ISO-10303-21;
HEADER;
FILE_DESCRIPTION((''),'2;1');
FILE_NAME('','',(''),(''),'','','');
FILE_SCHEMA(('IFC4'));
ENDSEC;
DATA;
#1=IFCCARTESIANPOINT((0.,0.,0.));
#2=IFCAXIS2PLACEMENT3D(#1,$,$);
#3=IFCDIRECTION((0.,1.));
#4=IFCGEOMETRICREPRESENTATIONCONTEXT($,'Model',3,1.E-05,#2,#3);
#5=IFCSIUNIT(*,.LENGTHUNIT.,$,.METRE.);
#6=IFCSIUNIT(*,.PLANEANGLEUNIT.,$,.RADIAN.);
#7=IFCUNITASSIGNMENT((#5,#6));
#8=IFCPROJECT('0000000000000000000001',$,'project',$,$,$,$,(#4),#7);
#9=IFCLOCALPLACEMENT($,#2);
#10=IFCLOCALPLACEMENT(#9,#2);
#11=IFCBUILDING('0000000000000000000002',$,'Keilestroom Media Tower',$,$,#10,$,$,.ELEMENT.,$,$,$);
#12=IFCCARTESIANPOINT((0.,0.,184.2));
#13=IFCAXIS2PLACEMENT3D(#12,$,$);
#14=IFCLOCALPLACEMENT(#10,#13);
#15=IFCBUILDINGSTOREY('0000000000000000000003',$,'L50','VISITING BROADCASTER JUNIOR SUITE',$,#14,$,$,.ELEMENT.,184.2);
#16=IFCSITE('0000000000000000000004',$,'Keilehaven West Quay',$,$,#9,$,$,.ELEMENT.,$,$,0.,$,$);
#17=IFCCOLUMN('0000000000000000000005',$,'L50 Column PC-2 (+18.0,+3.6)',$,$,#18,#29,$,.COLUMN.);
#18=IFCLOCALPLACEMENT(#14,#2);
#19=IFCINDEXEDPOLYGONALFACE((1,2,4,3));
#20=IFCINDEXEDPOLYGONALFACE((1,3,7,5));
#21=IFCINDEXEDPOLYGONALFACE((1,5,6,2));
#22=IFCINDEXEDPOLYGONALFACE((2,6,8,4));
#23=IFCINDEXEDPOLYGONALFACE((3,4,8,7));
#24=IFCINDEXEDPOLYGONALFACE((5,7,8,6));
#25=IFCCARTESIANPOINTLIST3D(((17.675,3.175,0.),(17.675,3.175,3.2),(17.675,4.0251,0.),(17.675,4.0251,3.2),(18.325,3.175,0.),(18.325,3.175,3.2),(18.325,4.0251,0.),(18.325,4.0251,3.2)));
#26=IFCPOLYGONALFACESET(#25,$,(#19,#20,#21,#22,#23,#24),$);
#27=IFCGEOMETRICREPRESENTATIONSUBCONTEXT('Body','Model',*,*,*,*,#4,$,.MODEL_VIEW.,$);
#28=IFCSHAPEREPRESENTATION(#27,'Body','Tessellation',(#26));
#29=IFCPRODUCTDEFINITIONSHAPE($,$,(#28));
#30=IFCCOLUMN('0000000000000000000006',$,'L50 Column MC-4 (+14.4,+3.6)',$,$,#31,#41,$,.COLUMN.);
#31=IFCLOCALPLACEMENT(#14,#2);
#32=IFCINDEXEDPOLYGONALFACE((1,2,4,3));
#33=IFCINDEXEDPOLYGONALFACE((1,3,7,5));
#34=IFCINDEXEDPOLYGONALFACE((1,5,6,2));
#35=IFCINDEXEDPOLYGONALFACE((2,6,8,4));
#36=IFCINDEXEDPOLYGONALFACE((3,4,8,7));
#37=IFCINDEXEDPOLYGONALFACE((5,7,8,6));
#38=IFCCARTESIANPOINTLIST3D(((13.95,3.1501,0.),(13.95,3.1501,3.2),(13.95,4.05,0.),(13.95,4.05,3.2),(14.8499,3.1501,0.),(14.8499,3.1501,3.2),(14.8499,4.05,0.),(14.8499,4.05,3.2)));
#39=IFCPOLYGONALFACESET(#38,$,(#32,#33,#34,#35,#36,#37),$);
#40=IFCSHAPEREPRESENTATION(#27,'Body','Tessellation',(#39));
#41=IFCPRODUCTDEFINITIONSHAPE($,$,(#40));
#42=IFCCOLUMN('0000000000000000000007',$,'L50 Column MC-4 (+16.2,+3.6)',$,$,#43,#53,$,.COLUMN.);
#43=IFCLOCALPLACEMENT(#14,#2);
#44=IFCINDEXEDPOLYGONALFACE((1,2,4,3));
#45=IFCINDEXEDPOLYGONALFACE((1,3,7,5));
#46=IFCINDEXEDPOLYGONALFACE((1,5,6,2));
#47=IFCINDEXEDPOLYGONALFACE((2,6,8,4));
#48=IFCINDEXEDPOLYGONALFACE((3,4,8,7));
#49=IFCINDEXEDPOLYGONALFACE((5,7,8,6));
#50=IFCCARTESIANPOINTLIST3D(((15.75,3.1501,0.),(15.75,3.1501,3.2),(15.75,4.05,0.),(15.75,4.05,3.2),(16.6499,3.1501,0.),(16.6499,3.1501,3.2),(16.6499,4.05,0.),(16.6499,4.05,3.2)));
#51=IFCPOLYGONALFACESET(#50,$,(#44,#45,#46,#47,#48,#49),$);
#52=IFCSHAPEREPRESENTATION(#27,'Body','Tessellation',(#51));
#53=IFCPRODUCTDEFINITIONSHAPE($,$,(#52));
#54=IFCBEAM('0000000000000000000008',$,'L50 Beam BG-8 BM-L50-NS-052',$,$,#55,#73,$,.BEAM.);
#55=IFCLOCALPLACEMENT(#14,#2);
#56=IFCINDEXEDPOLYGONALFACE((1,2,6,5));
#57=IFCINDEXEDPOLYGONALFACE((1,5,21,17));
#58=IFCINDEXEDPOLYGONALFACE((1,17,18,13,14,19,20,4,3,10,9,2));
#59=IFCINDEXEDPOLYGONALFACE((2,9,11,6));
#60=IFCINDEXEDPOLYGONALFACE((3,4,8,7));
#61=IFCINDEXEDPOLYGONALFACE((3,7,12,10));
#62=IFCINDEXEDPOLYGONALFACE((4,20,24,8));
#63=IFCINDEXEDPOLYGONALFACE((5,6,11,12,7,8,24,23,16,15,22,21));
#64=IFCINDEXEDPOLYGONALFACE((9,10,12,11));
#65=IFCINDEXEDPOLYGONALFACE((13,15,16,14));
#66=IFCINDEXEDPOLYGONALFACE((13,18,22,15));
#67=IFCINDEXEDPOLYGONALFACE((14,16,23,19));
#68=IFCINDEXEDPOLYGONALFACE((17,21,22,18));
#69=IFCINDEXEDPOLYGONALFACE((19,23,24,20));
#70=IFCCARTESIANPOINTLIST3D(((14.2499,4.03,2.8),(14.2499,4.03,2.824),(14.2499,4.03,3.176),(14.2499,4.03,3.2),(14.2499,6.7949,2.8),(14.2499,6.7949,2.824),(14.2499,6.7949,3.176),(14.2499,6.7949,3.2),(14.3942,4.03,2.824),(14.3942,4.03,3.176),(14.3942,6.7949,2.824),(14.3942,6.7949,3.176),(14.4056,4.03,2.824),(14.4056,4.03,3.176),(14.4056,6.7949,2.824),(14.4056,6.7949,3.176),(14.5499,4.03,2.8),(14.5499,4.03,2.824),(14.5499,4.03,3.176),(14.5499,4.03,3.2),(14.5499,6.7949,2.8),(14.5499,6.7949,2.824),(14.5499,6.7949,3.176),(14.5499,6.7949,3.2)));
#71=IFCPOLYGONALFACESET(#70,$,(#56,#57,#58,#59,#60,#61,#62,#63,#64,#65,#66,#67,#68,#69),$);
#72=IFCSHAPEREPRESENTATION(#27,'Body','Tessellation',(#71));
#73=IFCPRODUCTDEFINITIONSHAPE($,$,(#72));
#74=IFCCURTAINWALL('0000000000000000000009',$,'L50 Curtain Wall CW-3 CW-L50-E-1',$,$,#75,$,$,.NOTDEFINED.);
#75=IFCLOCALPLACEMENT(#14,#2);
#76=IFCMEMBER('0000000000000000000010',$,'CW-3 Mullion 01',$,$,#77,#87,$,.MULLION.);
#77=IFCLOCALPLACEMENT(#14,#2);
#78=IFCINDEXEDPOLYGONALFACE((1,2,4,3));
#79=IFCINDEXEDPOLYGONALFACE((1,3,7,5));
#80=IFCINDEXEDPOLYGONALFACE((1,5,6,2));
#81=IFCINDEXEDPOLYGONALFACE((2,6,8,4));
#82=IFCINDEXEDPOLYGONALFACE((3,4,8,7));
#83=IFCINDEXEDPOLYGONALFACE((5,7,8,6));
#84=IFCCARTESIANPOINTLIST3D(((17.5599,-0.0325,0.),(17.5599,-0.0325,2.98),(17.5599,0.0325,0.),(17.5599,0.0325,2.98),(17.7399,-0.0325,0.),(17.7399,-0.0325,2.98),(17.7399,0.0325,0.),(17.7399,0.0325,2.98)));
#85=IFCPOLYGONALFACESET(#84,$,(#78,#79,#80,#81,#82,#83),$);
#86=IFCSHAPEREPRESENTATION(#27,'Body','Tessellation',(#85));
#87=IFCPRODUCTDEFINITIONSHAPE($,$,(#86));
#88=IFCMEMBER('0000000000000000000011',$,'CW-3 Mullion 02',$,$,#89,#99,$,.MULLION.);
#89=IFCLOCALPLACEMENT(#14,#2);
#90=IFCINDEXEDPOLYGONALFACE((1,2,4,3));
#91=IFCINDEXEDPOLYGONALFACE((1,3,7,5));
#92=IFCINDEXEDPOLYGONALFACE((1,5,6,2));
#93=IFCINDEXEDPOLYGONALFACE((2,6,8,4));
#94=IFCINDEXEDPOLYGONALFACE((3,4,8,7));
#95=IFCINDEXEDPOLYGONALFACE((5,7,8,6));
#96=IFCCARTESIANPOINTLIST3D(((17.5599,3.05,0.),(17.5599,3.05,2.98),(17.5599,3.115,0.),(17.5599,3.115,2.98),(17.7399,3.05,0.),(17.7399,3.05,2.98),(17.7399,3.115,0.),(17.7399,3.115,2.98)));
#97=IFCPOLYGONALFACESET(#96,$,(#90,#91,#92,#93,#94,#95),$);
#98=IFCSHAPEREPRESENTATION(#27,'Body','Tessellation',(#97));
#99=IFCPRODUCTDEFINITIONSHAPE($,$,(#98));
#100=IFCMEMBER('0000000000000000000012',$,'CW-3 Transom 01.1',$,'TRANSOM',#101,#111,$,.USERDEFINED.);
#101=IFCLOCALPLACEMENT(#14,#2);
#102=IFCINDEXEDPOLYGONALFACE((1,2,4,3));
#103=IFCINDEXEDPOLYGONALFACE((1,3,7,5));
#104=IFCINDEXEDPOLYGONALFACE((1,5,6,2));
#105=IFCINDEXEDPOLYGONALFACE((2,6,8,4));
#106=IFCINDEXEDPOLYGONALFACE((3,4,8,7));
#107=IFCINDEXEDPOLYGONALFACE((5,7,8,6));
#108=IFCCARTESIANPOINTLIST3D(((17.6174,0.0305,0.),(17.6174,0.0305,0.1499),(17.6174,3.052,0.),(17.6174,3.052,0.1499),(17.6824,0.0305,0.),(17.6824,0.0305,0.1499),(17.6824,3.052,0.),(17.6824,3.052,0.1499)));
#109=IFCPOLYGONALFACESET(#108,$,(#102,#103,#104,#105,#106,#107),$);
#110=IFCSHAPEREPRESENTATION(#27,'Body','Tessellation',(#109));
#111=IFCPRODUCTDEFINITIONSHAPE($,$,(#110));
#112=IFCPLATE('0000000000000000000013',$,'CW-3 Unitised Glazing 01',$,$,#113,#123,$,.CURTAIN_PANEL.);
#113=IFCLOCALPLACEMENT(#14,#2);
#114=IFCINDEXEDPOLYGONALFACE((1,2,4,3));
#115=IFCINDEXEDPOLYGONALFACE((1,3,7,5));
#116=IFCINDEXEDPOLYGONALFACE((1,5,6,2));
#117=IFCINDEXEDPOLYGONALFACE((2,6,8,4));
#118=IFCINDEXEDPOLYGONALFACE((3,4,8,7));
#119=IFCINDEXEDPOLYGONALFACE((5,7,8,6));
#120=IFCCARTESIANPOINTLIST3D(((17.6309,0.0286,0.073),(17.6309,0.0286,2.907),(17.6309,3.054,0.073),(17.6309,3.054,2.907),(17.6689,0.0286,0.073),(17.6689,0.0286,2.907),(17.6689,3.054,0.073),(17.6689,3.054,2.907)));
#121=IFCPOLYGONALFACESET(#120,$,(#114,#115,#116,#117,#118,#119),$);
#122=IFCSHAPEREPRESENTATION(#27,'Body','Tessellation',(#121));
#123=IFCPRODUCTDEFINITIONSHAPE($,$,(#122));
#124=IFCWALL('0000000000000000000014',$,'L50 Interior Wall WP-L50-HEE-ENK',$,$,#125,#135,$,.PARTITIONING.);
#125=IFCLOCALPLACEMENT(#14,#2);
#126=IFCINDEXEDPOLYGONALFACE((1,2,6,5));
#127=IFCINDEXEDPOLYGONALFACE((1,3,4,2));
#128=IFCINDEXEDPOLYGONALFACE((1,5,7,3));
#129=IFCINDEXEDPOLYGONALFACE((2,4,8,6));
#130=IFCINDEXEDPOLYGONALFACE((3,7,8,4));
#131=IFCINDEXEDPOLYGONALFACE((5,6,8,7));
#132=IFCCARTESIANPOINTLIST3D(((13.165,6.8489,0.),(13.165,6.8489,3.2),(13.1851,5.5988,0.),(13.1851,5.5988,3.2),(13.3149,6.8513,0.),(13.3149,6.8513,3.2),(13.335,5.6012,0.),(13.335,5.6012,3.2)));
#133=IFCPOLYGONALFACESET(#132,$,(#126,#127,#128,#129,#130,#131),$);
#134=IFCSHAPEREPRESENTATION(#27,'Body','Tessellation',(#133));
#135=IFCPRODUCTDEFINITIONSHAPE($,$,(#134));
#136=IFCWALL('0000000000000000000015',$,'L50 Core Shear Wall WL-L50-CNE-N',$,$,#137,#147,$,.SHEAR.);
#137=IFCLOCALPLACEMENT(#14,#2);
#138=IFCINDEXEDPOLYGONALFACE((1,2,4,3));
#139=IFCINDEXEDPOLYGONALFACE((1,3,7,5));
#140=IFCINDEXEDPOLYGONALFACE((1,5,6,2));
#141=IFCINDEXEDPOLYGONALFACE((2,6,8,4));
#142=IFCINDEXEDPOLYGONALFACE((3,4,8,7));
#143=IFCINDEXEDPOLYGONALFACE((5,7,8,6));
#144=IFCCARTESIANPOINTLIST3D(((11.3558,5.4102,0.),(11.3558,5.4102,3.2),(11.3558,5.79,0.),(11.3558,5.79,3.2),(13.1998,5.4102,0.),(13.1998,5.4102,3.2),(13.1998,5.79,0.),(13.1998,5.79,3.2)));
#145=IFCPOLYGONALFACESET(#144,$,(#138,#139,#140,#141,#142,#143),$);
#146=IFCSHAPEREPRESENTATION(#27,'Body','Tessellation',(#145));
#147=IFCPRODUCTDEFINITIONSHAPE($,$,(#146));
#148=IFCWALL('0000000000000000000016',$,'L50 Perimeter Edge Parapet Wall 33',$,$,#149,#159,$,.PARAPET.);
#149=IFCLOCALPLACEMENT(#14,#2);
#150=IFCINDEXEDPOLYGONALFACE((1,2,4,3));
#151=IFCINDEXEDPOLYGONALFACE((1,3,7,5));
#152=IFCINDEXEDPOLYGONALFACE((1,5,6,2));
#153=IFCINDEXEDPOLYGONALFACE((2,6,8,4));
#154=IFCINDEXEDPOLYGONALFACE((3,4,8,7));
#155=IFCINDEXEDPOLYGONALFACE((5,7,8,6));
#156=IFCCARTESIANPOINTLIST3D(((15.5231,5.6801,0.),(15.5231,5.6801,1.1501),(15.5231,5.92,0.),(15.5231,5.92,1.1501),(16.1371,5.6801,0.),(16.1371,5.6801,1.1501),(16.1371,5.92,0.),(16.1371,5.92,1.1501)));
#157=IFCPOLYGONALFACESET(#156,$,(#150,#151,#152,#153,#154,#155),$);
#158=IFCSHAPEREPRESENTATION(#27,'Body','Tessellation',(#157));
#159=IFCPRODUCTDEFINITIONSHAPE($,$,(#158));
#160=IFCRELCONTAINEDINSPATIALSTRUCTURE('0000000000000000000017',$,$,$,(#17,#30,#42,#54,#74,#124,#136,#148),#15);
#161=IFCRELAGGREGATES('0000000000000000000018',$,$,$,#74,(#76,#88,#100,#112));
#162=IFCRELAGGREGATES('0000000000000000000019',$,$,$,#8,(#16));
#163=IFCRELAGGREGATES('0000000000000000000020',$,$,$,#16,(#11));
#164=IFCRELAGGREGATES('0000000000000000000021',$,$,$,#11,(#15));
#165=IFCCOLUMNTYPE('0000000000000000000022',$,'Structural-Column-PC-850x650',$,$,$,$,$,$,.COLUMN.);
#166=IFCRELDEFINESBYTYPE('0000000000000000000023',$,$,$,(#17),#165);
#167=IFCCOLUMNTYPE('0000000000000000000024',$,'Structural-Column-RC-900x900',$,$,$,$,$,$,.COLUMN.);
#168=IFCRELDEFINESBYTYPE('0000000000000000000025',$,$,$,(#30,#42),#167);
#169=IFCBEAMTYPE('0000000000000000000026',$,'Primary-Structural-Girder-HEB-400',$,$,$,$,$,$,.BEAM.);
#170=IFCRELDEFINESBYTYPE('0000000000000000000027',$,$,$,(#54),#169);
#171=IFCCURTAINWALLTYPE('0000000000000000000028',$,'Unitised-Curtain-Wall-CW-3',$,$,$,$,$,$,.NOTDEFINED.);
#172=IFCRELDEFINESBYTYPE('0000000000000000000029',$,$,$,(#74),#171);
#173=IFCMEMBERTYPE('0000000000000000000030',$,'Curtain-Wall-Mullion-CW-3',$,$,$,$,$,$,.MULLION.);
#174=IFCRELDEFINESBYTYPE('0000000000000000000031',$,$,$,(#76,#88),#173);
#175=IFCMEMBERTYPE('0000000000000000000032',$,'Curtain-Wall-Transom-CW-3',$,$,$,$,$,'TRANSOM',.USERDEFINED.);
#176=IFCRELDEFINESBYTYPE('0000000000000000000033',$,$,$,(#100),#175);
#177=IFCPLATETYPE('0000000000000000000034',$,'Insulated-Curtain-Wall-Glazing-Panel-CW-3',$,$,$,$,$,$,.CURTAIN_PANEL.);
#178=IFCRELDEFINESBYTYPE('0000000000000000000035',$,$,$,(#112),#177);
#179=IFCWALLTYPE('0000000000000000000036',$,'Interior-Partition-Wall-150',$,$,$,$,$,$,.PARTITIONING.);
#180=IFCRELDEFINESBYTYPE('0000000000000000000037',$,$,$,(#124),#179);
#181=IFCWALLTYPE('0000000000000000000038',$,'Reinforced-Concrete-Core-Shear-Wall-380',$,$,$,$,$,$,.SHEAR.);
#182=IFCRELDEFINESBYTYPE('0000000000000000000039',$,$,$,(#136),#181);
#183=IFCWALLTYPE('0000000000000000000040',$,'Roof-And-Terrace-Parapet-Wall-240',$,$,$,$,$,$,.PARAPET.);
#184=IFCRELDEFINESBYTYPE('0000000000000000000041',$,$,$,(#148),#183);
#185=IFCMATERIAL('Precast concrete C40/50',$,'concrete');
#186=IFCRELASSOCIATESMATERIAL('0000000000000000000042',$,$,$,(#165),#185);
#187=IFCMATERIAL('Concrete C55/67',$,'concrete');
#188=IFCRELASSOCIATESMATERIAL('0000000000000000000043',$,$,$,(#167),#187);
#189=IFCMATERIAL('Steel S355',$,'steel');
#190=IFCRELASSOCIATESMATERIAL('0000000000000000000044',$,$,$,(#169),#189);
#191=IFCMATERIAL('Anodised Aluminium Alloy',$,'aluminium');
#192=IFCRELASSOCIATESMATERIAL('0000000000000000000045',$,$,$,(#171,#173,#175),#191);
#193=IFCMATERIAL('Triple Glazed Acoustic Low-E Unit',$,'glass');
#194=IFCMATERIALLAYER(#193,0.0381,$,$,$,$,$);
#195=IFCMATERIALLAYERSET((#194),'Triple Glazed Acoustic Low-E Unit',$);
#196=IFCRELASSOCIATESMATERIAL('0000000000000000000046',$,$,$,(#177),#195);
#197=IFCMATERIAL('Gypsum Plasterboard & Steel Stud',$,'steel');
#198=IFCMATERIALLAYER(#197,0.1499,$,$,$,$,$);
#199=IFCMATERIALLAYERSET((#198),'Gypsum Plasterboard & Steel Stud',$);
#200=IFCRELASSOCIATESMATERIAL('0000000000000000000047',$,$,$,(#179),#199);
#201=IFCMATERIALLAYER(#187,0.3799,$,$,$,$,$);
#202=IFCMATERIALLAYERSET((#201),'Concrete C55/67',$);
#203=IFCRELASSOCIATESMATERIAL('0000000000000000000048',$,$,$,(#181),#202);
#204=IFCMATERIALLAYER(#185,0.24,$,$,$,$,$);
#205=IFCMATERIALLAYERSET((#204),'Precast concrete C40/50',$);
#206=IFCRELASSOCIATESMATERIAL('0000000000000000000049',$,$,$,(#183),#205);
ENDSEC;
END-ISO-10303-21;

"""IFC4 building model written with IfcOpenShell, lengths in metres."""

from ifc_helpers import new_model, si_unit, direction, frame, frame_2d, origin, origin_2d, place, context, subcontext, project, spatial, rectangle, i_section, extrude, source, transform, mapped, material, layer, layer_set, material_profile, profile_set, type_object, element, aggregate, save


model = new_model("IFC4")

# Units and contexts
model_context = context("Model", 3, precision=1e-05, world=origin(), true_north=direction((0.0, 1.0)))
body_context = subcontext(model_context, "Body", "Model", "MODEL_VIEW")
ifc_project = project(units=[si_unit("LENGTHUNIT", "METRE"), si_unit("PLANEANGLEUNIT", "RADIAN")], contexts=[model_context])

# Site, building, storey
site_placement = place(None, origin())
site = spatial("IfcSite", under=ifc_project, at=site_placement, Name="Keilehaven West Quay", CompositionType="ELEMENT", RefElevation=0.0)
building_placement = place(site_placement, origin())
building = spatial("IfcBuilding", under=site, at=building_placement, Name="Keilestroom Media Tower", CompositionType="ELEMENT")
storey_placement = place(building_placement, frame((0.0, 0.0, 184.2)))
storey = spatial("IfcBuildingStorey", under=building, at=storey_placement, Name="L50", Description="VISITING BROADCASTER JUNIOR SUITE", CompositionType="ELEMENT", Elevation=184.2)

# Columns
ifc_material_1 = material(Name="Precast concrete C40/50", Category="concrete")
ifc_material_profile_1 = material_profile(ifc_material_1, rectangle(XDim=0.6499, YDim=0.8501, at=origin_2d()), Name="PC 850x650")
ifc_profile_set_1 = profile_set([ifc_material_profile_1], Name="Precast concrete C40/50")
column_type_1 = type_object("IfcColumnType", Name="Structural-Column-PC-850x650", PredefinedType="COLUMN", material=ifc_profile_set_1)
shared_shape_1 = source(origin(), body_context, "Body", "SweptSolid", [
    extrude(rectangle(XDim=0.6499, YDim=0.8501, at=origin_2d()), origin(), (0.0, 0.0, 1.0), 3.2),
])
column_placement = place(storey_placement, frame((18.0, 3.6001, 0.0), z_axis=(0.0, 0.0, 1.0), x_axis=(1.0, 0.0, 0.0)))
element("IfcColumn", 1, at=column_placement, inside=storey, type_object=column_type_1, Name="L50 Column PC-2 (+18.0,+3.6)", PredefinedType="COLUMN", context=body_context, shape_type="MappedRepresentation", body=[
    mapped(shared_shape_1, transform((0.0, 0.0, 0.0), x_axis=(1.0, 0.0, 0.0), y_axis=(0.0, 1.0, 0.0), z_axis=(0.0, 0.0, 1.0), scale=1.0)),
])
ifc_material_2 = material(Name="Concrete C55/67", Category="concrete")
ifc_material_profile_2 = material_profile(ifc_material_2, rectangle(XDim=0.8999, YDim=0.8999, at=origin_2d()), Name="RC 900x900")
ifc_profile_set_2 = profile_set([ifc_material_profile_2], Name="Concrete C55/67")
column_type_2 = type_object("IfcColumnType", Name="Structural-Column-RC-900x900", PredefinedType="COLUMN", material=ifc_profile_set_2)
shared_shape_2 = source(origin(), body_context, "Body", "SweptSolid", [
    extrude(rectangle(XDim=0.8999, YDim=0.8999, at=origin_2d()), origin(), (0.0, 0.0, 1.0), 3.2),
])
for number, where, z_axis, x_axis, name in (
    (2, (14.3999, 3.6001, 0.0), (0.0, 0.0, 1.0), (1.0, 0.0, 0.0), "L50 Column MC-4 (+14.4,+3.6)"),
    (3, (16.2, 3.6001, 0.0), (0.0, 0.0, 1.0), (1.0, 0.0, 0.0), "L50 Column MC-4 (+16.2,+3.6)"),
):
    element("IfcColumn", number, at=place(storey_placement, frame(where, z_axis=z_axis, x_axis=x_axis)), inside=storey, type_object=column_type_2, Name=name, PredefinedType="COLUMN", context=body_context, shape_type="MappedRepresentation", body=[
        mapped(shared_shape_2, transform((0.0, 0.0, 0.0), x_axis=(1.0, 0.0, 0.0), y_axis=(0.0, 1.0, 0.0), z_axis=(0.0, 0.0, 1.0), scale=1.0)),
    ])

# Beam
ifc_material_3 = material(Name="Steel S355", Category="steel")
ifc_material_profile_3 = material_profile(ifc_material_3, i_section(OverallWidth=0.3, OverallDepth=0.3999, WebThickness=0.0115, FlangeThickness=0.0239, at=origin_2d()), Name="HEB 400")
ifc_profile_set_3 = profile_set([ifc_material_profile_3], Name="Steel S355")
beam_type = type_object("IfcBeamType", Name="Primary-Structural-Girder-HEB-400", PredefinedType="BEAM", material=ifc_profile_set_3)
shared_shape_3 = source(origin(), body_context, "Body", "SweptSolid", [
    extrude(i_section(OverallWidth=0.3, OverallDepth=0.3999, WebThickness=0.0115, FlangeThickness=0.0239, at=origin_2d()), origin(), (0.0, 0.0, 1.0), 2.7649),
])
beam_placement = place(storey_placement, frame((14.3999, 4.03, 3.0), z_axis=(0.0, 1.0, 0.0), x_axis=(-1.0, 0.0, 0.0)))
element("IfcBeam", 4, at=beam_placement, inside=storey, type_object=beam_type, Name="L50 Beam BG-8 BM-L50-NS-052", PredefinedType="BEAM", context=body_context, shape_type="MappedRepresentation", body=[
    mapped(shared_shape_3, transform((0.0, 0.0, 0.0), x_axis=(1.0, 0.0, 0.0), y_axis=(0.0, 1.0, 0.0), z_axis=(0.0, 0.0, 1.0), scale=1.0)),
])

# Curtain wall, members, plate
ifc_material_4 = material(Name="Anodised Aluminium Alloy", Category="aluminium")
curtain_wall_type = type_object("IfcCurtainWallType", Name="Unitised-Curtain-Wall-CW-3", PredefinedType="NOTDEFINED", material=ifc_material_4)
curtain_wall_placement = place(storey_placement, origin())
curtain_wall = element("IfcCurtainWall", 5, at=curtain_wall_placement, inside=storey, type_object=curtain_wall_type, Name="L50 Curtain Wall CW-3 CW-L50-E-1", PredefinedType="NOTDEFINED")
ifc_material_profile_4 = material_profile(ifc_material_4, rectangle(XDim=0.0649, YDim=0.1799, at=origin_2d()), Name="ALU MULLION 65x180")
ifc_profile_set_4 = profile_set([ifc_material_profile_4], Name="Anodised Aluminium Alloy")
member_type_1 = type_object("IfcMemberType", Name="Curtain-Wall-Mullion-CW-3", PredefinedType="MULLION", material=ifc_profile_set_4)
shared_shape_4 = source(origin(), body_context, "Body", "SweptSolid", [
    extrude(rectangle(XDim=0.0649, YDim=0.1799, at=origin_2d()), origin(), (0.0, 0.0, 1.0), 2.98),
])
member_1_placement = place(storey_placement, frame((17.6499, 0.0, 0.0), z_axis=(0.0, 0.0, 1.0), x_axis=(0.0, 1.0, 0.0)))
member_1 = element("IfcMember", 6, at=member_1_placement, type_object=member_type_1, Name="CW-3 Mullion 01", PredefinedType="MULLION", context=body_context, shape_type="MappedRepresentation", body=[
    mapped(shared_shape_4, transform((0.0, 0.0, 0.0), x_axis=(1.0, 0.0, 0.0), y_axis=(0.0, 1.0, 0.0), z_axis=(0.0, 0.0, 1.0), scale=1.0)),
])
member_2_placement = place(storey_placement, frame((17.6499, 3.0825, 0.0), z_axis=(0.0, 0.0, 1.0), x_axis=(0.0, 1.0, 0.0)))
member_2 = element("IfcMember", 7, at=member_2_placement, type_object=member_type_1, Name="CW-3 Mullion 02", PredefinedType="MULLION", context=body_context, shape_type="MappedRepresentation", body=[
    mapped(shared_shape_4, transform((0.0, 0.0, 0.0), x_axis=(1.0, 0.0, 0.0), y_axis=(0.0, 1.0, 0.0), z_axis=(0.0, 0.0, 1.0), scale=1.0)),
])
ifc_material_profile_5 = material_profile(ifc_material_4, rectangle(XDim=0.0649, YDim=0.1499, at=origin_2d()), Name="ALU TRANSOM 65x150")
ifc_profile_set_5 = profile_set([ifc_material_profile_5], Name="Anodised Aluminium Alloy")
member_type_2 = type_object("IfcMemberType", Name="Curtain-Wall-Transom-CW-3", ElementType="TRANSOM", PredefinedType="USERDEFINED", material=ifc_profile_set_5)
shared_shape_5 = source(origin(), body_context, "Body", "SweptSolid", [
    extrude(rectangle(XDim=0.0649, YDim=0.1499, at=origin_2d()), origin(), (0.0, 0.0, 1.0), 3.0215),
])
member_3_placement = place(storey_placement, frame((17.6499, 0.0305, 0.075), z_axis=(0.0, 1.0, 0.0), x_axis=(-1.0, 0.0, 0.0)))
member_3 = element("IfcMember", 8, at=member_3_placement, type_object=member_type_2, Name="CW-3 Transom 01.1", ObjectType="TRANSOM", PredefinedType="USERDEFINED", context=body_context, shape_type="MappedRepresentation", body=[
    mapped(shared_shape_5, transform((0.0, 0.0, 0.0), x_axis=(1.0, 0.0, 0.0), y_axis=(0.0, 1.0, 0.0), z_axis=(0.0, 0.0, 1.0), scale=1.0)),
])
ifc_material_5 = material(Name="Triple Glazed Acoustic Low-E Unit", Category="glass")
ifc_layer_1 = layer(ifc_material_5, 0.0381)
ifc_layer_set_1 = layer_set([ifc_layer_1], Name="Triple Glazed Acoustic Low-E Unit")
plate_type = type_object("IfcPlateType", Name="Insulated-Curtain-Wall-Glazing-Panel-CW-3", PredefinedType="CURTAIN_PANEL", material=ifc_layer_set_1)
shared_shape_6 = source(origin(), body_context, "Body", "SweptSolid", [
    extrude(rectangle(XDim=3.0254, YDim=0.0381, at=origin_2d()), origin(), (0.0, 0.0, 1.0), 2.834),
])
plate_placement = place(storey_placement, frame((17.6499, 1.5413, 0.073), z_axis=(0.0, 0.0, 1.0), x_axis=(0.0, 1.0, 0.0)))
plate = element("IfcPlate", 9, at=plate_placement, type_object=plate_type, Name="CW-3 Unitised Glazing 01", PredefinedType="CURTAIN_PANEL", context=body_context, shape_type="MappedRepresentation", body=[
    mapped(shared_shape_6, transform((0.0, 0.0, 0.0), x_axis=(1.0, 0.0, 0.0), y_axis=(0.0, 1.0, 0.0), z_axis=(0.0, 0.0, 1.0), scale=1.0)),
])
aggregate(curtain_wall, [member_1, member_2, member_3, plate])

# Walls
ifc_material_6 = material(Name="Gypsum Plasterboard & Steel Stud", Category="steel")
ifc_layer_2 = layer(ifc_material_6, 0.1499)
ifc_layer_set_2 = layer_set([ifc_layer_2], Name="Gypsum Plasterboard & Steel Stud")
wall_type_1 = type_object("IfcWallType", Name="Interior-Partition-Wall-150", PredefinedType="PARTITIONING", material=ifc_layer_set_2)
wall_1_placement = place(storey_placement, frame((13.26, 5.6001, 0.0), z_axis=(0.0, 0.0, 1.0), x_axis=(-0.016014, 0.999872, 0.0)))
element("IfcWall", 10, at=wall_1_placement, inside=storey, type_object=wall_type_1, Name="L50 Interior Wall WP-L50-HEE-ENK", PredefinedType="PARTITIONING", context=body_context, shape_type="SweptSolid", body=[
    extrude(rectangle(XDim=1.2502, YDim=0.1499, at=frame_2d((0.625, 0.0))), origin(), (0.0, 0.0, 1.0), 3.2),
])
ifc_layer_3 = layer(ifc_material_2, 0.3799)
ifc_layer_set_3 = layer_set([ifc_layer_3], Name="Concrete C55/67")
wall_type_2 = type_object("IfcWallType", Name="Reinforced-Concrete-Core-Shear-Wall-380", PredefinedType="SHEAR", material=ifc_layer_set_3)
wall_2_placement = place(storey_placement, frame((11.356, 5.6001, 0.0), z_axis=(0.0, 0.0, 1.0), x_axis=(1.0, 0.0, 0.0)))
element("IfcWall", 11, at=wall_2_placement, inside=storey, type_object=wall_type_2, Name="L50 Core Shear Wall WL-L50-CNE-N", PredefinedType="SHEAR", context=body_context, shape_type="SweptSolid", body=[
    extrude(rectangle(XDim=1.844, YDim=0.3799, at=frame_2d((0.9219, 0.0))), origin(), (0.0, 0.0, 1.0), 3.2),
])
ifc_layer_4 = layer(ifc_material_1, 0.24)
ifc_layer_set_4 = layer_set([ifc_layer_4], Name="Precast concrete C40/50")
wall_type_3 = type_object("IfcWallType", Name="Roof-And-Terrace-Parapet-Wall-240", PredefinedType="PARAPET", material=ifc_layer_set_4)
wall_3_placement = place(storey_placement, frame((15.5229, 5.8, 0.0), z_axis=(0.0, 0.0, 1.0), x_axis=(1.0, 0.0, 0.0)))
element("IfcWall", 12, at=wall_3_placement, inside=storey, type_object=wall_type_3, Name="L50 Perimeter Edge Parapet Wall 33", PredefinedType="PARAPET", context=body_context, shape_type="SweptSolid", body=[
    extrude(rectangle(XDim=0.614, YDim=0.24, at=frame_2d((0.3071, 0.0))), origin(), (0.0, 0.0, 1.0), 1.1501),
])

save(model, "model.ifc")
